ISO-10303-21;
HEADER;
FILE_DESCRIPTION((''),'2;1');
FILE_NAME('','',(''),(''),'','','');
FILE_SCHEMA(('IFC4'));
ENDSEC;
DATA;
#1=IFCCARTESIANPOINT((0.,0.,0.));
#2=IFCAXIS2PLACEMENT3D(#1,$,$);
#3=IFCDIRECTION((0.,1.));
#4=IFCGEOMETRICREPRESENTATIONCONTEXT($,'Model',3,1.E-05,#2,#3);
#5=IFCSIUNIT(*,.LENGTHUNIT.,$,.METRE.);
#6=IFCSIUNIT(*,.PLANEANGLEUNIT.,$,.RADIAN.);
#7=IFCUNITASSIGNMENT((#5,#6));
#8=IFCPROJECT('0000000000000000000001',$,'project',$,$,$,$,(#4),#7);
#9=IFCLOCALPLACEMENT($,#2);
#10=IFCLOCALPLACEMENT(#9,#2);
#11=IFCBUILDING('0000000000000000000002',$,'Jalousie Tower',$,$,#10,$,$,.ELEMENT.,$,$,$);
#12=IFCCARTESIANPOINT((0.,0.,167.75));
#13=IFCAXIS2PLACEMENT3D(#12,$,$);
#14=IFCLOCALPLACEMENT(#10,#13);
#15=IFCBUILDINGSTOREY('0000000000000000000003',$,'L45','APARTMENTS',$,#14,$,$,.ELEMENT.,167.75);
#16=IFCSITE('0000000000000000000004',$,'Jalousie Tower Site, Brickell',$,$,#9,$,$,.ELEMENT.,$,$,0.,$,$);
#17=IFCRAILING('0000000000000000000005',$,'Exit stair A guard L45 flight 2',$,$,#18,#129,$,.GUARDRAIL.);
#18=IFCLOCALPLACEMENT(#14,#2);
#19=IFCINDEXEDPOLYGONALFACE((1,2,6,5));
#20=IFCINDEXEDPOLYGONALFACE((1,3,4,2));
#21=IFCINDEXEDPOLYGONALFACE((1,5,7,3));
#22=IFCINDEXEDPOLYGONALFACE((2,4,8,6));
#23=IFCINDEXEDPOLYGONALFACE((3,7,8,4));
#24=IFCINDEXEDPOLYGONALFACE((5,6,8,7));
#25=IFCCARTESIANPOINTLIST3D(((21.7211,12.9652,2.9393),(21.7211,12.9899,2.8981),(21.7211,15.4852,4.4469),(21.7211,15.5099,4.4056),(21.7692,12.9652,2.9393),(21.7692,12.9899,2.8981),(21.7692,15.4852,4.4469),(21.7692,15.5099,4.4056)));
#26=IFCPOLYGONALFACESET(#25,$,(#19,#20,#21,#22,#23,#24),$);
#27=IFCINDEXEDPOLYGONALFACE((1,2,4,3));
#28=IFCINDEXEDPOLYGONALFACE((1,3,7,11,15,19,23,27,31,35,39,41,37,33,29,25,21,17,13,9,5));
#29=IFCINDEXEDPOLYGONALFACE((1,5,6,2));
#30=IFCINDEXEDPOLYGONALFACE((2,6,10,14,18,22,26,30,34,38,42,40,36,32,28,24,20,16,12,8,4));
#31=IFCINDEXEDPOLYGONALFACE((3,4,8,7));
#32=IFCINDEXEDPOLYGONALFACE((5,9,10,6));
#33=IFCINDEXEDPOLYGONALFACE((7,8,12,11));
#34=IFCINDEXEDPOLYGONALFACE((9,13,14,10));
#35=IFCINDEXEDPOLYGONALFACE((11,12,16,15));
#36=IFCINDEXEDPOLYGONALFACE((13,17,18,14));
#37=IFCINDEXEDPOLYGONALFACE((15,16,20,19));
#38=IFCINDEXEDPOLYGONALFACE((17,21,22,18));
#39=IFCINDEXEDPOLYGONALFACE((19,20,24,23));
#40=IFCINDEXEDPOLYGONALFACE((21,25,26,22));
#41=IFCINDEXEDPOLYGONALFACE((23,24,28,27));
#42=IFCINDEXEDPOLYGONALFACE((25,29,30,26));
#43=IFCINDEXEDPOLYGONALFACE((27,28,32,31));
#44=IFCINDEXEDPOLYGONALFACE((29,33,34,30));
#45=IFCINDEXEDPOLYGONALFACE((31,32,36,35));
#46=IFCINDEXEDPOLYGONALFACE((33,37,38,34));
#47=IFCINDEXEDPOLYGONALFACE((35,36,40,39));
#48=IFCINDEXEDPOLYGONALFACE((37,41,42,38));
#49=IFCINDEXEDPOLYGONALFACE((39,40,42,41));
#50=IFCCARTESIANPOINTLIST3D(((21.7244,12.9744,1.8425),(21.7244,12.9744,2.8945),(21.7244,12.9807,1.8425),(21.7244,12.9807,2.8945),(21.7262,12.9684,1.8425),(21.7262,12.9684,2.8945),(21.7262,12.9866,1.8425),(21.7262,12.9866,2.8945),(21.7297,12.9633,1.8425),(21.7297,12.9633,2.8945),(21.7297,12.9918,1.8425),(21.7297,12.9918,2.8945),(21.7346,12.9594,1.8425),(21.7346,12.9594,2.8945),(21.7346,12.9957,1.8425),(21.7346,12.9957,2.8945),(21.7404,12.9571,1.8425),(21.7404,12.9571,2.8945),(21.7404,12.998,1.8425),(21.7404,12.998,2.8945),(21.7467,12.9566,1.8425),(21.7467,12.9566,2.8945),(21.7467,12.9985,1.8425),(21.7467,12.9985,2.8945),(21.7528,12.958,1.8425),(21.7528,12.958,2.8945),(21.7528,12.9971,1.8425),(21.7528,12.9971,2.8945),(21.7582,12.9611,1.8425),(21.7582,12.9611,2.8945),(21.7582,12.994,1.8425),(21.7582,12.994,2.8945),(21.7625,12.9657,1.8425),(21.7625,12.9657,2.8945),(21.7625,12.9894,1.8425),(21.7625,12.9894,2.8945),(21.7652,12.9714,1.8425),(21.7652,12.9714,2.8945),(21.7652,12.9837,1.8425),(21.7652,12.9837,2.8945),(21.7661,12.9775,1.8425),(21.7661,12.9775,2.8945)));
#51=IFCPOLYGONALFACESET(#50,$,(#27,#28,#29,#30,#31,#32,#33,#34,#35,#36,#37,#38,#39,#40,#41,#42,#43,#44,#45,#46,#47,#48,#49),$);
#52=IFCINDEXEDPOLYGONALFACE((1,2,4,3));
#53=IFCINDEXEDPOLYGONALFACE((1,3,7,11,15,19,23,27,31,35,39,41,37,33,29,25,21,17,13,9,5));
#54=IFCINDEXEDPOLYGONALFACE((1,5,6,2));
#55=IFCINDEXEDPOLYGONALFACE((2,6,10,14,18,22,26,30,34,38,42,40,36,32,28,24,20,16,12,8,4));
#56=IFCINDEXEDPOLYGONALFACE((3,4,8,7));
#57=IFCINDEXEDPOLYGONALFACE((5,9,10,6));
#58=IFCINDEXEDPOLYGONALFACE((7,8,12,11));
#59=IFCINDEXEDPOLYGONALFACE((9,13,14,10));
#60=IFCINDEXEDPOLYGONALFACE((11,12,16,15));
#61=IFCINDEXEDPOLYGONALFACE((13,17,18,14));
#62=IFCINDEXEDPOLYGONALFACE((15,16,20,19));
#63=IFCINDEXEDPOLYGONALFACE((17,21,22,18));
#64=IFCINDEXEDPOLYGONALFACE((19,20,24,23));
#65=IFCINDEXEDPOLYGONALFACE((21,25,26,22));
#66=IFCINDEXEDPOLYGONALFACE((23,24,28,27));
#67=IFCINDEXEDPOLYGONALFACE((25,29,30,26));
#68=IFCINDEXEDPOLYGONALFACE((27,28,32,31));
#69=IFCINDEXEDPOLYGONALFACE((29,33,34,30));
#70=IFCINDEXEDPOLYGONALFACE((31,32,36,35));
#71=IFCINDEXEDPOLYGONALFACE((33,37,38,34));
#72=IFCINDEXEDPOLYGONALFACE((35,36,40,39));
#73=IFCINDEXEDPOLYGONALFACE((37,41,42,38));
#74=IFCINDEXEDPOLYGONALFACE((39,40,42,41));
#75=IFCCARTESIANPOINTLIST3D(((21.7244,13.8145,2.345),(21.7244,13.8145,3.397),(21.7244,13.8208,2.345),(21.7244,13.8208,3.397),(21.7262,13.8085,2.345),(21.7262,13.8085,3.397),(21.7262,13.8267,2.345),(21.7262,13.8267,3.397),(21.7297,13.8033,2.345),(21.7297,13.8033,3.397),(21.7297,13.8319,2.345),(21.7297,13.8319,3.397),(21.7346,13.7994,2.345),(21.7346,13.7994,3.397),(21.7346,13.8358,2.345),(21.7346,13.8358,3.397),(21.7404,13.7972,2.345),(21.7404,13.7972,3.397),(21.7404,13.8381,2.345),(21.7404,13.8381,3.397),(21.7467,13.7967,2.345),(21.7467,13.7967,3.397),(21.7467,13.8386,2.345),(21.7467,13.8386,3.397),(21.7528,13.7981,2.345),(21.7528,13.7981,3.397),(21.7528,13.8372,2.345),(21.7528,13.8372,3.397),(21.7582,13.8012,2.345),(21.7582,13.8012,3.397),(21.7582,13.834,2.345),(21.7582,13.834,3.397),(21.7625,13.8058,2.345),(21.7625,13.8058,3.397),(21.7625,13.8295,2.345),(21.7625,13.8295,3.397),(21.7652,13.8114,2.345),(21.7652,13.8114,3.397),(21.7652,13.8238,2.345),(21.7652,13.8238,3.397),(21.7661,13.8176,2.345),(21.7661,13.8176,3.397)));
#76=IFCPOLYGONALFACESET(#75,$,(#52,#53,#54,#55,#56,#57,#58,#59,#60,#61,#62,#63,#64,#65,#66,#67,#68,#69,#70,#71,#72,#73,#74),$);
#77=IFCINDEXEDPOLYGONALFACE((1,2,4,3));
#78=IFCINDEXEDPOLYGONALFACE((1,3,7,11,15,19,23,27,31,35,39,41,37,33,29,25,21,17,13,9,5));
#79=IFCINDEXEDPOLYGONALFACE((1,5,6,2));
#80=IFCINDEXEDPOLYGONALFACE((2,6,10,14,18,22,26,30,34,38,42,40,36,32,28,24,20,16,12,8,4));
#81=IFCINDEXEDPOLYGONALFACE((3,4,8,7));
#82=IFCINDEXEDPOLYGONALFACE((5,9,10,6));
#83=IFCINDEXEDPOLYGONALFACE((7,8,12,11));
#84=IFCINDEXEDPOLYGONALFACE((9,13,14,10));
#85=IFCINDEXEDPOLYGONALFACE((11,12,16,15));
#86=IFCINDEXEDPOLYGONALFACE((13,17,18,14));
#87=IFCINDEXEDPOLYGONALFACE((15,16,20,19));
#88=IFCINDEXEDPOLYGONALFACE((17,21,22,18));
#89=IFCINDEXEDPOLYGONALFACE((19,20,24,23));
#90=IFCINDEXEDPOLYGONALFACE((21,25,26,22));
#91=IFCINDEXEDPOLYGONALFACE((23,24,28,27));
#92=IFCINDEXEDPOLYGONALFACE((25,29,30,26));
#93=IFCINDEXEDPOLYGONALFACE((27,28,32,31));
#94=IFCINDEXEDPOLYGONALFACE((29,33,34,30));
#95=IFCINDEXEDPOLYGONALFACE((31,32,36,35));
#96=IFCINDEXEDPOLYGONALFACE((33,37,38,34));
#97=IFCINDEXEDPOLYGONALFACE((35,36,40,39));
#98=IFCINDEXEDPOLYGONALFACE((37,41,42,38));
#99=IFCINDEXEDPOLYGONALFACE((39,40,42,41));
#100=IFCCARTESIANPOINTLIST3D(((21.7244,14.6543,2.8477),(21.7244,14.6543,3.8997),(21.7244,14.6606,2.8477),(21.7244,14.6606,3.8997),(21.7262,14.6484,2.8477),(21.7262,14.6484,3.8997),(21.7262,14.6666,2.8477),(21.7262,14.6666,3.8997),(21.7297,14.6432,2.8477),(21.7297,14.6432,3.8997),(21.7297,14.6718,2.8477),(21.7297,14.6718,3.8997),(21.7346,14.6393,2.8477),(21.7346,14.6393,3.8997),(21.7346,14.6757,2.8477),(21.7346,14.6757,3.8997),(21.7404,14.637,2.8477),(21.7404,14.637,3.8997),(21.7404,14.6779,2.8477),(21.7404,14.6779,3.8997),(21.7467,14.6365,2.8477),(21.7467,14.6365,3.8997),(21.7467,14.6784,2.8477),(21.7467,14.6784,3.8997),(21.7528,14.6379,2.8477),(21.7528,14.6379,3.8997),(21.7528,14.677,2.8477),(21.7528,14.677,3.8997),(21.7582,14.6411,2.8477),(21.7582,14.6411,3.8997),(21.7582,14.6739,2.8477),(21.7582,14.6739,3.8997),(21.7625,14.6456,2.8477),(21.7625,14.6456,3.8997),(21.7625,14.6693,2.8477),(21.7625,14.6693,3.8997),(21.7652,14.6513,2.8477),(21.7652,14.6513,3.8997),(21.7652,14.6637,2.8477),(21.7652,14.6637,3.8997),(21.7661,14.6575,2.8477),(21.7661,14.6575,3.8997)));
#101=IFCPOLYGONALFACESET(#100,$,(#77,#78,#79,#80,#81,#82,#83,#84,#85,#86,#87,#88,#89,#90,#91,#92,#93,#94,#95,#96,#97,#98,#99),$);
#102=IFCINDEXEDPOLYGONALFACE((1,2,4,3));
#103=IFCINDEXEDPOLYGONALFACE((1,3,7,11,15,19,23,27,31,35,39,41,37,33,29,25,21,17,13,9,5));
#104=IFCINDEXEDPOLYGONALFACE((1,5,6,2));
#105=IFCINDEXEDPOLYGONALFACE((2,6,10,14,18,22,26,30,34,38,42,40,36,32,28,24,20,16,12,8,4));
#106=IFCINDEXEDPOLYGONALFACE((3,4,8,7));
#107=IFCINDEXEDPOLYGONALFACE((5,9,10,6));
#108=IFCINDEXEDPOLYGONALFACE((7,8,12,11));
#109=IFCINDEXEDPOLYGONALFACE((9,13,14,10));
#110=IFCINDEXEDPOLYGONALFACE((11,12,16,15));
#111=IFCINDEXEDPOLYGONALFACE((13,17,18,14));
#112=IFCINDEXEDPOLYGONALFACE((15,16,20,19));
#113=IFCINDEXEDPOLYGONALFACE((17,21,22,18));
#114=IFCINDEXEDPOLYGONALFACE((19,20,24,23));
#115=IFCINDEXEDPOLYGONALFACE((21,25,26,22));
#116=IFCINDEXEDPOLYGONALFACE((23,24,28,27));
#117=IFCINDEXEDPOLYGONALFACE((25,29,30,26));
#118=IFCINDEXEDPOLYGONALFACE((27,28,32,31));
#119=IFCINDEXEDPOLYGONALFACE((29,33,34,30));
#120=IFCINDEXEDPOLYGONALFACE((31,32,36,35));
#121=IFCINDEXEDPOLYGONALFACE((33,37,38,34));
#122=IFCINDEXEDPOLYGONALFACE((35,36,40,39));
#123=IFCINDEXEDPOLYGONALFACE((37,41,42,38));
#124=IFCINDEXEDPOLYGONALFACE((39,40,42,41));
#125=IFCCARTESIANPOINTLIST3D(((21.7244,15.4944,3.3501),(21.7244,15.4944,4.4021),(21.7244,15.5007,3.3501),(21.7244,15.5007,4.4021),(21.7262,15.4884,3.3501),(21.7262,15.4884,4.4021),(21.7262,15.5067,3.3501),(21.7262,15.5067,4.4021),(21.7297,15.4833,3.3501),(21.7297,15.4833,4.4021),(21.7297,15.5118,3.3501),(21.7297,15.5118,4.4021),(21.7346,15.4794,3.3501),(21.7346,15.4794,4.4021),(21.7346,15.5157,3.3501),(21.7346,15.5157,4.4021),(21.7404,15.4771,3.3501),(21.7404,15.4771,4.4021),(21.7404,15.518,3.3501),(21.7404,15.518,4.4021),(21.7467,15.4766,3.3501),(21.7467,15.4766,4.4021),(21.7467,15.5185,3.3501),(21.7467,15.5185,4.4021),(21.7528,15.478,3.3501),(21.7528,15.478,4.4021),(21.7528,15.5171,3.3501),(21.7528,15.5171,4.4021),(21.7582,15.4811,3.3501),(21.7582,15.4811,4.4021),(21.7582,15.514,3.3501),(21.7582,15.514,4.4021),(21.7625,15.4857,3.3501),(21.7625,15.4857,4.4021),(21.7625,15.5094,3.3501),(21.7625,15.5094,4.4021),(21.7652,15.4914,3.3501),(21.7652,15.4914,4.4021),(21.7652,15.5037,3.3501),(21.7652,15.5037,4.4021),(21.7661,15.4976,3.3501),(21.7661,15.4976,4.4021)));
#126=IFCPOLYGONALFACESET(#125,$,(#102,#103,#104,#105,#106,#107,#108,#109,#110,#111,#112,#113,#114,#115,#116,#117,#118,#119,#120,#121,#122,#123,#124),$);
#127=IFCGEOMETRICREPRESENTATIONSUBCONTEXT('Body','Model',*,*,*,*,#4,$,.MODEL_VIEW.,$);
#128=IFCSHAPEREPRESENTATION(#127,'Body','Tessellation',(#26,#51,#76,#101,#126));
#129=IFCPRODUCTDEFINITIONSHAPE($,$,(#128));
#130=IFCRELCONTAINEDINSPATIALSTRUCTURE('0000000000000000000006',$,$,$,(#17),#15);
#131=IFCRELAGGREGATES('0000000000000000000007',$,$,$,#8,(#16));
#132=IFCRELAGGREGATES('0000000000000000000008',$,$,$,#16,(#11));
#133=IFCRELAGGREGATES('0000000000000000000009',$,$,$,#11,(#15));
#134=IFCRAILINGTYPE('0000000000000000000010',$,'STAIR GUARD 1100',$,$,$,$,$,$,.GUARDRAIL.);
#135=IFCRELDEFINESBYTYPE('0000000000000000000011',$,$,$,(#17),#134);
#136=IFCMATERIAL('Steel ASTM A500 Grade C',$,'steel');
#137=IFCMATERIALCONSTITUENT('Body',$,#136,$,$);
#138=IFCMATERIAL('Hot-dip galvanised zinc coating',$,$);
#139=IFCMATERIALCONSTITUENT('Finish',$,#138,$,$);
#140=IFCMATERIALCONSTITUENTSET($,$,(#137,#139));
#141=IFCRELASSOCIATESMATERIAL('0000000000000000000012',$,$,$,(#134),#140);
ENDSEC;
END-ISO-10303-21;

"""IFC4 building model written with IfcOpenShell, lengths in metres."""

from ifc_helpers import new_model, si_unit, direction, frame, origin, origin_2d, place, context, subcontext, project, spatial, rectangle, circle, extrude, material, constituent, constituent_set, type_object, element, save


model = new_model("IFC4")

# Units and contexts
model_context = context("Model", 3, precision=1e-05, world=origin(), true_north=direction((0.0, 1.0)))
body_context = subcontext(model_context, "Body", "Model", "MODEL_VIEW")
ifc_project = project(units=[si_unit("LENGTHUNIT", "METRE"), si_unit("PLANEANGLEUNIT", "RADIAN")], contexts=[model_context])

# Site, building, storey
site_placement = place(None, origin())
site = spatial("IfcSite", under=ifc_project, at=site_placement, Name="Jalousie Tower Site, Brickell", CompositionType="ELEMENT", RefElevation=0.0)
building_placement = place(site_placement, origin())
building = spatial("IfcBuilding", under=site, at=building_placement, Name="Jalousie Tower", CompositionType="ELEMENT")
storey_placement = place(building_placement, frame((0.0, 0.0, 167.75)))
storey = spatial("IfcBuildingStorey", under=building, at=storey_placement, Name="L45", Description="APARTMENTS", CompositionType="ELEMENT", Elevation=167.75)

# Railing
ifc_material_1 = material(Name="Steel ASTM A500 Grade C", Category="steel")
ifc_constituent_1 = constituent(ifc_material_1, Name="Body")
ifc_material_2 = material(Name="Hot-dip galvanised zinc coating")
ifc_constituent_2 = constituent(ifc_material_2, Name="Finish")
ifc_constituent_set_1 = constituent_set(constituents=[ifc_constituent_1, ifc_constituent_2])
railing_type_1 = type_object("IfcRailingType", Name="STAIR GUARD 1100", PredefinedType="GUARDRAIL", material=ifc_constituent_set_1)
railing_1_placement = place(storey_placement, frame((21.7451, 12.9775, 1.8425)))
element("IfcRailing", 1, at=railing_1_placement, inside=storey, type_object=railing_type_1, Name="Exit stair A guard L45 flight 2", PredefinedType="GUARDRAIL", context=body_context, shape_type="SweptSolid", body=[
    extrude(rectangle(XDim=0.0481, YDim=0.0481, at=origin_2d()), frame((0.0, 0.0, 1.0762), z_axis=(0.0, 0.85816, 0.513383), x_axis=(-1.0, 0.0, 0.0)), (0.0, 0.0, 1.0), 2.9365),
    extrude(circle(Radius=0.021, at=origin_2d()), origin(), (0.0, 0.0, 1.0), 1.052),
    extrude(circle(Radius=0.021, at=origin_2d()), frame((0.0, 0.8401, 0.5024)), (0.0, 0.0, 1.0), 1.052),
    extrude(circle(Radius=0.021, at=origin_2d()), frame((0.0, 1.6799, 1.0051)), (0.0, 0.0, 1.0), 1.052),
    extrude(circle(Radius=0.021, at=origin_2d()), frame((0.0, 2.52, 1.5076)), (0.0, 0.0, 1.0), 1.052),
])

save(model, "model.ifc")
